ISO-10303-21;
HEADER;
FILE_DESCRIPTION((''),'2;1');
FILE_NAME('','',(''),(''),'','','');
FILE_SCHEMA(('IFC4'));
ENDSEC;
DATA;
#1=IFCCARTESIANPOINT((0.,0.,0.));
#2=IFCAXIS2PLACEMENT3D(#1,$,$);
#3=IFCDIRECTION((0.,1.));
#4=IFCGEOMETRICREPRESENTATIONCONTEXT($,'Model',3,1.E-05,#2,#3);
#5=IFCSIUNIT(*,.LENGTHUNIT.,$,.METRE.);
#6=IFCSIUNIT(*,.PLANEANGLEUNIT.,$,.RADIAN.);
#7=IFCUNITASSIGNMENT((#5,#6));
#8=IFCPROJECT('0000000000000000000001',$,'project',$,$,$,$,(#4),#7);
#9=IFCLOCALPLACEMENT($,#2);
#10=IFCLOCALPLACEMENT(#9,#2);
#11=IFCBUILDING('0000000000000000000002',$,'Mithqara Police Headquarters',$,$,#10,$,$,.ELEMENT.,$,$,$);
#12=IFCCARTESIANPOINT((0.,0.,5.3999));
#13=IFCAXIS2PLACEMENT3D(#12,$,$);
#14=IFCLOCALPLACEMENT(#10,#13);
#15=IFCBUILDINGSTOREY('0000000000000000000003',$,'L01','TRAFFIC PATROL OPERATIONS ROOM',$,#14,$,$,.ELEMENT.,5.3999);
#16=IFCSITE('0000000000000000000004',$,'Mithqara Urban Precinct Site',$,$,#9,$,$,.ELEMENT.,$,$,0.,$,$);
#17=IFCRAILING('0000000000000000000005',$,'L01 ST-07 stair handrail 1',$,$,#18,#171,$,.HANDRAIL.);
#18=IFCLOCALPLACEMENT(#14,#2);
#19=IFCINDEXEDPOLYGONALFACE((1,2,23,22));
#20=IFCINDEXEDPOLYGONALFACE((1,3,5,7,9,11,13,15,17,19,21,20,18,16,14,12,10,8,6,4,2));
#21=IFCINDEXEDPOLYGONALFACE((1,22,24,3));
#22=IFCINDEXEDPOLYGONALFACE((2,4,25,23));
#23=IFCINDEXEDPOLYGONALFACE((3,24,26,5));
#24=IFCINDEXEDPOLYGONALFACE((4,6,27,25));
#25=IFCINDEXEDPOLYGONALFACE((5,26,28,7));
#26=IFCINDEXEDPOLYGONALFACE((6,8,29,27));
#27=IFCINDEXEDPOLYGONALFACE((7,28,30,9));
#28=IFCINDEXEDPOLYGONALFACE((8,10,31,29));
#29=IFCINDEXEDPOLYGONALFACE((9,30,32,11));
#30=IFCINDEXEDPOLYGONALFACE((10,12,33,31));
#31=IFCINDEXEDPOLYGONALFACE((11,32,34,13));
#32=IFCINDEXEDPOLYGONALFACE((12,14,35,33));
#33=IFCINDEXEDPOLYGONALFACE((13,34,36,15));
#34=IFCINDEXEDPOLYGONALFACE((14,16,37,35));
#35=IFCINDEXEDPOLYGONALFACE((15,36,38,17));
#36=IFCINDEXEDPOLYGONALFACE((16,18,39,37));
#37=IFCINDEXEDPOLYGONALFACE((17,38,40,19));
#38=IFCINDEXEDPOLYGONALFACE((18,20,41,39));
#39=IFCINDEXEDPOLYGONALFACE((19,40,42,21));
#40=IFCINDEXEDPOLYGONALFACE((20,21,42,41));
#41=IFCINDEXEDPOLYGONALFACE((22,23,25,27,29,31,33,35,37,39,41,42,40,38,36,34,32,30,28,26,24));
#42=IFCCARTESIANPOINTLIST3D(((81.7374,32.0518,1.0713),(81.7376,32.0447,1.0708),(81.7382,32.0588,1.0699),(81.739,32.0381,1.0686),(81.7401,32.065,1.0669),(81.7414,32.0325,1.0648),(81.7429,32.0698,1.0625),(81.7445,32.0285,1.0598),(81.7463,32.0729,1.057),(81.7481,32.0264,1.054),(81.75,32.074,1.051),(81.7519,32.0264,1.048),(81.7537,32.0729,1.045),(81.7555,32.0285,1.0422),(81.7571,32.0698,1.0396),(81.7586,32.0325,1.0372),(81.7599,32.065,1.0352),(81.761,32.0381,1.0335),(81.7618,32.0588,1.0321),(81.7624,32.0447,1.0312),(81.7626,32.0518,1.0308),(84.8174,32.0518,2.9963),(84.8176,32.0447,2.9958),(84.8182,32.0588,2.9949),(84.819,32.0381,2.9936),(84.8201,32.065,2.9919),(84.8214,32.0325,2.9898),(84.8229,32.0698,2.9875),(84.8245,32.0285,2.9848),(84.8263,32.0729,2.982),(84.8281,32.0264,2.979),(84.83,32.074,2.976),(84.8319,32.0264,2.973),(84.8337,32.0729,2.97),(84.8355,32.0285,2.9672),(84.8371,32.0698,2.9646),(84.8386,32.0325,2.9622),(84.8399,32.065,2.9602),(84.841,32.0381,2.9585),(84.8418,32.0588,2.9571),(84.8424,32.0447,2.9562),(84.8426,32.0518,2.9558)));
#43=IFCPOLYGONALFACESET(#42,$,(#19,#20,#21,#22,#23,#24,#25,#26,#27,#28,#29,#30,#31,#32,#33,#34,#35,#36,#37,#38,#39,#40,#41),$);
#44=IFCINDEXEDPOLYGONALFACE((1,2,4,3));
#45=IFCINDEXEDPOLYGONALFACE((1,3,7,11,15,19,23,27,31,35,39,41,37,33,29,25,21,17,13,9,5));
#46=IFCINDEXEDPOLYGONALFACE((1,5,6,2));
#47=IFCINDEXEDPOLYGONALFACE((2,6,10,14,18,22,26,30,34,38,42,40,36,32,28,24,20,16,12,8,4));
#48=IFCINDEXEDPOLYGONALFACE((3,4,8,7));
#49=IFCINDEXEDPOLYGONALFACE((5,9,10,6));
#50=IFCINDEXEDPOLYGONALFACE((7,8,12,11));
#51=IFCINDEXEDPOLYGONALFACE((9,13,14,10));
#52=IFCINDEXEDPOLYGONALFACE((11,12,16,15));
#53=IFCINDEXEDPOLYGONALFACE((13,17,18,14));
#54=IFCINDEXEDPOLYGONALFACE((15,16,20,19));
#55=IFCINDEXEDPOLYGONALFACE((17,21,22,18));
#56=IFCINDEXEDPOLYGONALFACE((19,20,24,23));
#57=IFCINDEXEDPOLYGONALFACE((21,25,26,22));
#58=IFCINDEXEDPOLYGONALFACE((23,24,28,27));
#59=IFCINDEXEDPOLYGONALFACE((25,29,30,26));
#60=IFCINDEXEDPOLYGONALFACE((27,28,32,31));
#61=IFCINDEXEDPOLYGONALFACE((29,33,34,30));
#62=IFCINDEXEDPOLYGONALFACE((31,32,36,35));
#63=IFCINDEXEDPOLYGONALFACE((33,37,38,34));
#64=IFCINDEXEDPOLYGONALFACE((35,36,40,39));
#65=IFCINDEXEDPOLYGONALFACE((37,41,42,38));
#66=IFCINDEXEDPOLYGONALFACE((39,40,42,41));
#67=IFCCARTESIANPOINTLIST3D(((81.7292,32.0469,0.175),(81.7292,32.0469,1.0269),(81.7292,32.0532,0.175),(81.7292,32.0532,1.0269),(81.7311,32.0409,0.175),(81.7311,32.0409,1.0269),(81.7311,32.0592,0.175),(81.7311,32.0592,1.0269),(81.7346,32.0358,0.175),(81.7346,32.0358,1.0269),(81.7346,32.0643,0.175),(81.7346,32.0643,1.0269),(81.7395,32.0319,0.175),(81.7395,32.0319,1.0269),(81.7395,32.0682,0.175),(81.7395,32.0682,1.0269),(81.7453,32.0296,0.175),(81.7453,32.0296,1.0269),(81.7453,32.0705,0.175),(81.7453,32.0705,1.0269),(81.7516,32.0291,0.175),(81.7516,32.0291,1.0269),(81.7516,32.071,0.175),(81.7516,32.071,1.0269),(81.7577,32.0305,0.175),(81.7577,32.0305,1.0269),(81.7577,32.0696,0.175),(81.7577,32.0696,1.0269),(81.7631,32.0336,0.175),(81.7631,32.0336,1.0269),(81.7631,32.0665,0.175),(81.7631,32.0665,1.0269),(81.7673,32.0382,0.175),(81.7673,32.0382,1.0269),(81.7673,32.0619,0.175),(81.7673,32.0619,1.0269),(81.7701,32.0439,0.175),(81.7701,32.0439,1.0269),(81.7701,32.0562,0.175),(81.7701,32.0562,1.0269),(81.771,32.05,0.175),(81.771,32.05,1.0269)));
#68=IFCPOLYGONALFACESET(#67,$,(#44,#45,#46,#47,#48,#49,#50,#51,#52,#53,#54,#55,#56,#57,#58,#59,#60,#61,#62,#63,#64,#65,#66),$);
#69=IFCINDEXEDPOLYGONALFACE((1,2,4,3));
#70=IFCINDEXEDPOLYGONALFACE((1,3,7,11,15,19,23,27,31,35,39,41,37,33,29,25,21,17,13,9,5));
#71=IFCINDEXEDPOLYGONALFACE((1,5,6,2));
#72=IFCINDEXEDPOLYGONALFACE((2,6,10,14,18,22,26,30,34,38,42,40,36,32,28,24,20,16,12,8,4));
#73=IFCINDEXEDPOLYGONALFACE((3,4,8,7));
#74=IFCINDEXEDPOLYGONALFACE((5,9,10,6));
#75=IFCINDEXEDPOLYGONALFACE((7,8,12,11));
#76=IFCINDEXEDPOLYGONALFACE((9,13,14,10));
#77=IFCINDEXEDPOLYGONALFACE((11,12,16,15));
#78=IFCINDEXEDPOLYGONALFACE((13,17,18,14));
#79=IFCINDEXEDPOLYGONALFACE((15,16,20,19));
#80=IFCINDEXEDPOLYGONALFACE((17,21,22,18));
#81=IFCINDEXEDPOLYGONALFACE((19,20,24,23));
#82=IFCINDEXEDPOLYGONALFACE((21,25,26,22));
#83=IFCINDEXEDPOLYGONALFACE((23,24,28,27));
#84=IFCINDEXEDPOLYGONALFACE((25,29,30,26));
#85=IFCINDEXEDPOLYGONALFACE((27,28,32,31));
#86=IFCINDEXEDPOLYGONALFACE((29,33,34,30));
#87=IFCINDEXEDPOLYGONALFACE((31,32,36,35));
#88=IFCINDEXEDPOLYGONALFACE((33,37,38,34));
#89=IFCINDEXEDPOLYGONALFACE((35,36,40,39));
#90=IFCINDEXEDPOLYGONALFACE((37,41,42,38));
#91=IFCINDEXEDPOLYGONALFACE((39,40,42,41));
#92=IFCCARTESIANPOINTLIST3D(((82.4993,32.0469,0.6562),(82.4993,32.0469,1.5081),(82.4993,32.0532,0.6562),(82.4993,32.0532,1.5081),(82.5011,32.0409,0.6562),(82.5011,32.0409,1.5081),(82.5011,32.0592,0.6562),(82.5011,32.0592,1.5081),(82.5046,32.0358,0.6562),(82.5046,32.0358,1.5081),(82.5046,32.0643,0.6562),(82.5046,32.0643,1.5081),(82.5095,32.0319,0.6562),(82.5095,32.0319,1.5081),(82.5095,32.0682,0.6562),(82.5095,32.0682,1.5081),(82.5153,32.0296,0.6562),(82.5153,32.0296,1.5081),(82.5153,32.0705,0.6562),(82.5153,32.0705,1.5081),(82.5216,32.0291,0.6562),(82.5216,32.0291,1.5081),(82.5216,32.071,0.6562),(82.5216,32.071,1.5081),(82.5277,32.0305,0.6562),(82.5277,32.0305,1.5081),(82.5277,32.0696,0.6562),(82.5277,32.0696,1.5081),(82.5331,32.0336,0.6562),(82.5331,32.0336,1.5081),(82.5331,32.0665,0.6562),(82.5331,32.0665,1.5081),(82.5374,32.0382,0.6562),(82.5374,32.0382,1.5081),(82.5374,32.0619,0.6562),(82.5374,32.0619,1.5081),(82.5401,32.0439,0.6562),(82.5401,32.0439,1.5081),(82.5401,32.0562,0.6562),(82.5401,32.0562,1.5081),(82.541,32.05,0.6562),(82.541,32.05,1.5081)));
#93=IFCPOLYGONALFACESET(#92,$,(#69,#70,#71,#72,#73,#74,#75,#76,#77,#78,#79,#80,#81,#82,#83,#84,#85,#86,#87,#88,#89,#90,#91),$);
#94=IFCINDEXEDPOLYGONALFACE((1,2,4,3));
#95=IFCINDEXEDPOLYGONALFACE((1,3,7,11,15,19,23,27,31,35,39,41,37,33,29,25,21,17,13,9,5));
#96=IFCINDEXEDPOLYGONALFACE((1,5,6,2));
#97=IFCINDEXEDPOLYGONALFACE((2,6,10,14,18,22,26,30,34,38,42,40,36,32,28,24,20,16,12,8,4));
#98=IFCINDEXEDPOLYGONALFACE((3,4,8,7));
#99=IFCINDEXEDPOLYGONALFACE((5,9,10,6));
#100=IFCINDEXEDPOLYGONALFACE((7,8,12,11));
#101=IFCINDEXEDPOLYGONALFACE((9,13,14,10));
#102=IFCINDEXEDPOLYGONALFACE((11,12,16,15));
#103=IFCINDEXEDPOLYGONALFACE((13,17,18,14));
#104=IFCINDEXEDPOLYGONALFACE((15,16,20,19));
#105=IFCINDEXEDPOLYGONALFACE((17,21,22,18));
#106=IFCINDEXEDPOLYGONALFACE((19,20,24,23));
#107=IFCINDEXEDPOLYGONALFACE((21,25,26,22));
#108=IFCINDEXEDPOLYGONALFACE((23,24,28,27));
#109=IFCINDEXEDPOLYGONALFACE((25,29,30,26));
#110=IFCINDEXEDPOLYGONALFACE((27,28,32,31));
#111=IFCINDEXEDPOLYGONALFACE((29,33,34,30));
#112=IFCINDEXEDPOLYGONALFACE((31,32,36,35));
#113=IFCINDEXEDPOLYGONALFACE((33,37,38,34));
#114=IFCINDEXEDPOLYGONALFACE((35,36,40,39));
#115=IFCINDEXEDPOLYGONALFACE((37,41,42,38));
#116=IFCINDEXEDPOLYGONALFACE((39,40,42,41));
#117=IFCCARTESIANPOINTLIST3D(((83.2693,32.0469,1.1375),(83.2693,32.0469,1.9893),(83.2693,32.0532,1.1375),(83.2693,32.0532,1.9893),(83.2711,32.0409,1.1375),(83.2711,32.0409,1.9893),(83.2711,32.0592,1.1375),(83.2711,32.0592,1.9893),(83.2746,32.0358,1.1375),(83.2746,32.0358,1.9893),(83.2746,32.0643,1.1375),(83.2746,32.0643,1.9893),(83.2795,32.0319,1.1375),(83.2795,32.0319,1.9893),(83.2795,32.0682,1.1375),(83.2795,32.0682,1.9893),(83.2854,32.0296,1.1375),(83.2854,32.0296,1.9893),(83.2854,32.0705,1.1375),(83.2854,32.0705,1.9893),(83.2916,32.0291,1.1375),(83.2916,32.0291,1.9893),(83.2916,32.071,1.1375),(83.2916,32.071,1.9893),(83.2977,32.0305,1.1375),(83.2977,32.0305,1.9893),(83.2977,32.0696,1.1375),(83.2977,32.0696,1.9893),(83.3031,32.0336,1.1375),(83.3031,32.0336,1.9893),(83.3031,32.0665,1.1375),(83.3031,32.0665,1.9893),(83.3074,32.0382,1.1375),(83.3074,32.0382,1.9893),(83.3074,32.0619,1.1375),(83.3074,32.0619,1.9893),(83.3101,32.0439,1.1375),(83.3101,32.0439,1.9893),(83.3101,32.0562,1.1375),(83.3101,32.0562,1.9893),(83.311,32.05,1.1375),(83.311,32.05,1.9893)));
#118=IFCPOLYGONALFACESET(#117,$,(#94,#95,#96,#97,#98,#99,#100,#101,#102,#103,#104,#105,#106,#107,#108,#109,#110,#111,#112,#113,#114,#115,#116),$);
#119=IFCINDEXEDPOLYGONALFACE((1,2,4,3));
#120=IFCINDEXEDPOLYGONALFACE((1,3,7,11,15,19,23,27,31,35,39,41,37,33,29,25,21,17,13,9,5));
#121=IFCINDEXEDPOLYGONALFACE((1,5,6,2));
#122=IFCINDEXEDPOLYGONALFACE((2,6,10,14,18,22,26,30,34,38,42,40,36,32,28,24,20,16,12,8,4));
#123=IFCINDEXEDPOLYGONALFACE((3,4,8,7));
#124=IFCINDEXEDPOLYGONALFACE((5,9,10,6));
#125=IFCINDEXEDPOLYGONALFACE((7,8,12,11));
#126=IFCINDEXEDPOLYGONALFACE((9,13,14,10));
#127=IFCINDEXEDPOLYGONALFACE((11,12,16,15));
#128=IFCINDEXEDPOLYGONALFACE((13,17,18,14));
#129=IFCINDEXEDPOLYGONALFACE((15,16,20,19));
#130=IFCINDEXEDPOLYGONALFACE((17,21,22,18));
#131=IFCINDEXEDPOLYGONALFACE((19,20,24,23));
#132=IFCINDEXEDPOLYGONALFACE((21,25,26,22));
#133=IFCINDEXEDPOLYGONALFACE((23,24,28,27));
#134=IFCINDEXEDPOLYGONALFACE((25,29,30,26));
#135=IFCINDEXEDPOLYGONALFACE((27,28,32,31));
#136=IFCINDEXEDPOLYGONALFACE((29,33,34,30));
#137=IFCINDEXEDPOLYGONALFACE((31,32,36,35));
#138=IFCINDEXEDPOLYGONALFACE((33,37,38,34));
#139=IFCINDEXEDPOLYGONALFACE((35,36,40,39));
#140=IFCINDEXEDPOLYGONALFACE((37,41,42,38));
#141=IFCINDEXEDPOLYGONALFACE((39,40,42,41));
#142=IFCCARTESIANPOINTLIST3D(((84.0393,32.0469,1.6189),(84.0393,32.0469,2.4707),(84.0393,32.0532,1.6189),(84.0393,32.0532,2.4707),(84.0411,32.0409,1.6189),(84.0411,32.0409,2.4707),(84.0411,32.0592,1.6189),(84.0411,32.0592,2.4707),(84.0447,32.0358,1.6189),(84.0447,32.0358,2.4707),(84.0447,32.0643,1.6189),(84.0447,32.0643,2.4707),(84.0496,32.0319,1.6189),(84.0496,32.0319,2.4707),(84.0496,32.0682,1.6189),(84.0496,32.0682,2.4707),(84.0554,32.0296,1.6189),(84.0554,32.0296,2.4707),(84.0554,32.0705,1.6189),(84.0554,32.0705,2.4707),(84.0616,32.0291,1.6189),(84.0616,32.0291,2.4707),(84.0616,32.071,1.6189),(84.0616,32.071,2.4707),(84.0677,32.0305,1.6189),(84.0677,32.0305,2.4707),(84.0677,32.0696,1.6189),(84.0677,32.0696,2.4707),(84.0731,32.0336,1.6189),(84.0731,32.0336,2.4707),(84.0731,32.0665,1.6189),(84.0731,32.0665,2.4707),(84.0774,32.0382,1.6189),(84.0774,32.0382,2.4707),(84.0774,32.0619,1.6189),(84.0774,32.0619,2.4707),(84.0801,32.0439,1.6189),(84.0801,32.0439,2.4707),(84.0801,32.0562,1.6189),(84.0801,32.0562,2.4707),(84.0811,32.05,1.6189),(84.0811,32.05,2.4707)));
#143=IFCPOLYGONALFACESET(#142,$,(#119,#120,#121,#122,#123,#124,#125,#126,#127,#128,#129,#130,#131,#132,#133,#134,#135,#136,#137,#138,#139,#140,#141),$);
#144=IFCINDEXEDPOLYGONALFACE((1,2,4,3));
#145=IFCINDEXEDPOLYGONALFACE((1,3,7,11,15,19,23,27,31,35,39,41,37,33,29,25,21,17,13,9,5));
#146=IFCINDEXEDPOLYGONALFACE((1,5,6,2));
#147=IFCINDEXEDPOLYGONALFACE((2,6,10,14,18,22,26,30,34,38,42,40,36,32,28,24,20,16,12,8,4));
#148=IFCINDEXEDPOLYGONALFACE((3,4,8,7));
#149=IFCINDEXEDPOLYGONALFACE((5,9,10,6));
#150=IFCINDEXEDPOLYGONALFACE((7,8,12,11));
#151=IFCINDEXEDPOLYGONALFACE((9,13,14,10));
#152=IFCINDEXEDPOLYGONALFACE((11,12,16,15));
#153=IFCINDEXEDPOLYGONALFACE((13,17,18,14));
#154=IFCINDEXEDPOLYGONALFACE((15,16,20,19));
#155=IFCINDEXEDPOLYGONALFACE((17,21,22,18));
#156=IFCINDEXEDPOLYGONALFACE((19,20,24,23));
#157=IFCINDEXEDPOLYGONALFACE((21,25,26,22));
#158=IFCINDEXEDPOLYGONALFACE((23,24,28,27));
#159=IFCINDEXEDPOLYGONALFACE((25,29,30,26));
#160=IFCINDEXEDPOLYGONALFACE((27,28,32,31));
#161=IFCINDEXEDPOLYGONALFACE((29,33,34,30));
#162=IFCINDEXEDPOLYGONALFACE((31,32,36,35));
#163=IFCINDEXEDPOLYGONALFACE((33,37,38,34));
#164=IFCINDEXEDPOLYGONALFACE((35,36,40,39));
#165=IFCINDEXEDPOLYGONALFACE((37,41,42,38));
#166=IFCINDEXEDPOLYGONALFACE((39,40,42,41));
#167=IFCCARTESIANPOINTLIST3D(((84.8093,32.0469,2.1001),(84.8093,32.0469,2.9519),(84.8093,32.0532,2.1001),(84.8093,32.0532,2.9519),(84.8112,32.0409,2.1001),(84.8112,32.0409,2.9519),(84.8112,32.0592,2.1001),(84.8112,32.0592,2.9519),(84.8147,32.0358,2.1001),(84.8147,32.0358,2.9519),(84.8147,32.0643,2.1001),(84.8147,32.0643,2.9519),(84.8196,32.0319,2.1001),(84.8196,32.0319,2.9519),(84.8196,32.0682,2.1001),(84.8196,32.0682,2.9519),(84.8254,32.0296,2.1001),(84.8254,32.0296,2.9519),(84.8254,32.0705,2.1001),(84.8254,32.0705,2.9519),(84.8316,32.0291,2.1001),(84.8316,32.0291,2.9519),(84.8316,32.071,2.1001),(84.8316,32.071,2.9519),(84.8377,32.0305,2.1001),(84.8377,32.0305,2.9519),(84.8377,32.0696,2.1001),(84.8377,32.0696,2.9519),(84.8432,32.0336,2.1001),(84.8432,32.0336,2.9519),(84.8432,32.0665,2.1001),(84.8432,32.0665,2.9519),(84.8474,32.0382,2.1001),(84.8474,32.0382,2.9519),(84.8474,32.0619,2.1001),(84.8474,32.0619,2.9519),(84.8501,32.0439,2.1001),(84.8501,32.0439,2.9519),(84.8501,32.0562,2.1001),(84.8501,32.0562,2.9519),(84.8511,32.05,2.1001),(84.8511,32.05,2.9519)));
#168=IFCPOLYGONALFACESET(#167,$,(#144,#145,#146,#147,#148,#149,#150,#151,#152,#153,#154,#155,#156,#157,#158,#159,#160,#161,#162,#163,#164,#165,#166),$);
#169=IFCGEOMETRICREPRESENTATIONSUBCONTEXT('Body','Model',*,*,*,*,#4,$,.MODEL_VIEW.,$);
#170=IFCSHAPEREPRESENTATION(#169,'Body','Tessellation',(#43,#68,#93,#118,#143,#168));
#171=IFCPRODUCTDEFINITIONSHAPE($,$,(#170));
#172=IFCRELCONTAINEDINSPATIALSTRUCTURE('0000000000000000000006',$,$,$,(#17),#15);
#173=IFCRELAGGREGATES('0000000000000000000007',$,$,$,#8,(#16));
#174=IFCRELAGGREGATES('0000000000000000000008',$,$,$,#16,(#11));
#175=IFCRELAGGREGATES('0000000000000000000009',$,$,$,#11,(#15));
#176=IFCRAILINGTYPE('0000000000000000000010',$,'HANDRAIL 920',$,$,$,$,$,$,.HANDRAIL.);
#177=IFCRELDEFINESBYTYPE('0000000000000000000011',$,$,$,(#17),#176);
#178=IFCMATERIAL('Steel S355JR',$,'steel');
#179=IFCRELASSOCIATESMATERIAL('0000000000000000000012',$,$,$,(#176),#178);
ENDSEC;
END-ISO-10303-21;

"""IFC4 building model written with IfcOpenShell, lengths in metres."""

from ifc_helpers import new_model, si_unit, direction, frame, origin, origin_2d, place, context, subcontext, project, spatial, circle, extrude, material, type_object, element, save


model = new_model("IFC4")

# Units and contexts
model_context = context("Model", 3, precision=1e-05, world=origin(), true_north=direction((0.0, 1.0)))
body_context = subcontext(model_context, "Body", "Model", "MODEL_VIEW")
ifc_project = project(units=[si_unit("LENGTHUNIT", "METRE"), si_unit("PLANEANGLEUNIT", "RADIAN")], contexts=[model_context])

# Site, building, storey
site_placement = place(None, origin())
site = spatial("IfcSite", under=ifc_project, at=site_placement, Name="Mithqara Urban Precinct Site", CompositionType="ELEMENT", RefElevation=0.0)
building_placement = place(site_placement, origin())
building = spatial("IfcBuilding", under=site, at=building_placement, Name="Mithqara Police Headquarters", CompositionType="ELEMENT")
storey_placement = place(building_placement, frame((0.0, 0.0, 5.3999)))
storey = spatial("IfcBuildingStorey", under=building, at=storey_placement, Name="L01", Description="TRAFFIC PATROL OPERATIONS ROOM", CompositionType="ELEMENT", Elevation=5.3999)

# Railing
ifc_material_1 = material(Name="Steel S355JR", Category="steel")
railing_type_1 = type_object("IfcRailingType", Name="HANDRAIL 920", PredefinedType="HANDRAIL", material=ifc_material_1)
railing_1_placement = place(storey_placement, frame((81.75, 32.05, 0.175)))
element("IfcRailing", 1, at=railing_1_placement, inside=storey, type_object=railing_type_1, Name="L01 ST-07 stair handrail 1", PredefinedType="HANDRAIL", context=body_context, shape_type="SweptSolid", body=[
    extrude(circle(Radius=0.0239, at=origin_2d()), frame((0.0, 0.0, 0.876), z_axis=(0.847998, 0.0, 0.529999), x_axis=(0.0, 1.0, 0.0)), (0.0, 0.0, 1.0), 3.6321),
    extrude(circle(Radius=0.021, at=origin_2d()), origin(), (0.0, 0.0, 1.0), 0.8518),
    extrude(circle(Radius=0.021, at=origin_2d()), frame((0.77, 0.0, 0.4812)), (0.0, 0.0, 1.0), 0.8518),
    extrude(circle(Radius=0.021, at=origin_2d()), frame((1.54, 0.0, 0.9624)), (0.0, 0.0, 1.0), 0.8518),
    extrude(circle(Radius=0.021, at=origin_2d()), frame((2.3101, 0.0, 1.4438)), (0.0, 0.0, 1.0), 0.8518),
    extrude(circle(Radius=0.021, at=origin_2d()), frame((3.0801, 0.0, 1.925)), (0.0, 0.0, 1.0), 0.8518),
])

save(model, "model.ifc")
